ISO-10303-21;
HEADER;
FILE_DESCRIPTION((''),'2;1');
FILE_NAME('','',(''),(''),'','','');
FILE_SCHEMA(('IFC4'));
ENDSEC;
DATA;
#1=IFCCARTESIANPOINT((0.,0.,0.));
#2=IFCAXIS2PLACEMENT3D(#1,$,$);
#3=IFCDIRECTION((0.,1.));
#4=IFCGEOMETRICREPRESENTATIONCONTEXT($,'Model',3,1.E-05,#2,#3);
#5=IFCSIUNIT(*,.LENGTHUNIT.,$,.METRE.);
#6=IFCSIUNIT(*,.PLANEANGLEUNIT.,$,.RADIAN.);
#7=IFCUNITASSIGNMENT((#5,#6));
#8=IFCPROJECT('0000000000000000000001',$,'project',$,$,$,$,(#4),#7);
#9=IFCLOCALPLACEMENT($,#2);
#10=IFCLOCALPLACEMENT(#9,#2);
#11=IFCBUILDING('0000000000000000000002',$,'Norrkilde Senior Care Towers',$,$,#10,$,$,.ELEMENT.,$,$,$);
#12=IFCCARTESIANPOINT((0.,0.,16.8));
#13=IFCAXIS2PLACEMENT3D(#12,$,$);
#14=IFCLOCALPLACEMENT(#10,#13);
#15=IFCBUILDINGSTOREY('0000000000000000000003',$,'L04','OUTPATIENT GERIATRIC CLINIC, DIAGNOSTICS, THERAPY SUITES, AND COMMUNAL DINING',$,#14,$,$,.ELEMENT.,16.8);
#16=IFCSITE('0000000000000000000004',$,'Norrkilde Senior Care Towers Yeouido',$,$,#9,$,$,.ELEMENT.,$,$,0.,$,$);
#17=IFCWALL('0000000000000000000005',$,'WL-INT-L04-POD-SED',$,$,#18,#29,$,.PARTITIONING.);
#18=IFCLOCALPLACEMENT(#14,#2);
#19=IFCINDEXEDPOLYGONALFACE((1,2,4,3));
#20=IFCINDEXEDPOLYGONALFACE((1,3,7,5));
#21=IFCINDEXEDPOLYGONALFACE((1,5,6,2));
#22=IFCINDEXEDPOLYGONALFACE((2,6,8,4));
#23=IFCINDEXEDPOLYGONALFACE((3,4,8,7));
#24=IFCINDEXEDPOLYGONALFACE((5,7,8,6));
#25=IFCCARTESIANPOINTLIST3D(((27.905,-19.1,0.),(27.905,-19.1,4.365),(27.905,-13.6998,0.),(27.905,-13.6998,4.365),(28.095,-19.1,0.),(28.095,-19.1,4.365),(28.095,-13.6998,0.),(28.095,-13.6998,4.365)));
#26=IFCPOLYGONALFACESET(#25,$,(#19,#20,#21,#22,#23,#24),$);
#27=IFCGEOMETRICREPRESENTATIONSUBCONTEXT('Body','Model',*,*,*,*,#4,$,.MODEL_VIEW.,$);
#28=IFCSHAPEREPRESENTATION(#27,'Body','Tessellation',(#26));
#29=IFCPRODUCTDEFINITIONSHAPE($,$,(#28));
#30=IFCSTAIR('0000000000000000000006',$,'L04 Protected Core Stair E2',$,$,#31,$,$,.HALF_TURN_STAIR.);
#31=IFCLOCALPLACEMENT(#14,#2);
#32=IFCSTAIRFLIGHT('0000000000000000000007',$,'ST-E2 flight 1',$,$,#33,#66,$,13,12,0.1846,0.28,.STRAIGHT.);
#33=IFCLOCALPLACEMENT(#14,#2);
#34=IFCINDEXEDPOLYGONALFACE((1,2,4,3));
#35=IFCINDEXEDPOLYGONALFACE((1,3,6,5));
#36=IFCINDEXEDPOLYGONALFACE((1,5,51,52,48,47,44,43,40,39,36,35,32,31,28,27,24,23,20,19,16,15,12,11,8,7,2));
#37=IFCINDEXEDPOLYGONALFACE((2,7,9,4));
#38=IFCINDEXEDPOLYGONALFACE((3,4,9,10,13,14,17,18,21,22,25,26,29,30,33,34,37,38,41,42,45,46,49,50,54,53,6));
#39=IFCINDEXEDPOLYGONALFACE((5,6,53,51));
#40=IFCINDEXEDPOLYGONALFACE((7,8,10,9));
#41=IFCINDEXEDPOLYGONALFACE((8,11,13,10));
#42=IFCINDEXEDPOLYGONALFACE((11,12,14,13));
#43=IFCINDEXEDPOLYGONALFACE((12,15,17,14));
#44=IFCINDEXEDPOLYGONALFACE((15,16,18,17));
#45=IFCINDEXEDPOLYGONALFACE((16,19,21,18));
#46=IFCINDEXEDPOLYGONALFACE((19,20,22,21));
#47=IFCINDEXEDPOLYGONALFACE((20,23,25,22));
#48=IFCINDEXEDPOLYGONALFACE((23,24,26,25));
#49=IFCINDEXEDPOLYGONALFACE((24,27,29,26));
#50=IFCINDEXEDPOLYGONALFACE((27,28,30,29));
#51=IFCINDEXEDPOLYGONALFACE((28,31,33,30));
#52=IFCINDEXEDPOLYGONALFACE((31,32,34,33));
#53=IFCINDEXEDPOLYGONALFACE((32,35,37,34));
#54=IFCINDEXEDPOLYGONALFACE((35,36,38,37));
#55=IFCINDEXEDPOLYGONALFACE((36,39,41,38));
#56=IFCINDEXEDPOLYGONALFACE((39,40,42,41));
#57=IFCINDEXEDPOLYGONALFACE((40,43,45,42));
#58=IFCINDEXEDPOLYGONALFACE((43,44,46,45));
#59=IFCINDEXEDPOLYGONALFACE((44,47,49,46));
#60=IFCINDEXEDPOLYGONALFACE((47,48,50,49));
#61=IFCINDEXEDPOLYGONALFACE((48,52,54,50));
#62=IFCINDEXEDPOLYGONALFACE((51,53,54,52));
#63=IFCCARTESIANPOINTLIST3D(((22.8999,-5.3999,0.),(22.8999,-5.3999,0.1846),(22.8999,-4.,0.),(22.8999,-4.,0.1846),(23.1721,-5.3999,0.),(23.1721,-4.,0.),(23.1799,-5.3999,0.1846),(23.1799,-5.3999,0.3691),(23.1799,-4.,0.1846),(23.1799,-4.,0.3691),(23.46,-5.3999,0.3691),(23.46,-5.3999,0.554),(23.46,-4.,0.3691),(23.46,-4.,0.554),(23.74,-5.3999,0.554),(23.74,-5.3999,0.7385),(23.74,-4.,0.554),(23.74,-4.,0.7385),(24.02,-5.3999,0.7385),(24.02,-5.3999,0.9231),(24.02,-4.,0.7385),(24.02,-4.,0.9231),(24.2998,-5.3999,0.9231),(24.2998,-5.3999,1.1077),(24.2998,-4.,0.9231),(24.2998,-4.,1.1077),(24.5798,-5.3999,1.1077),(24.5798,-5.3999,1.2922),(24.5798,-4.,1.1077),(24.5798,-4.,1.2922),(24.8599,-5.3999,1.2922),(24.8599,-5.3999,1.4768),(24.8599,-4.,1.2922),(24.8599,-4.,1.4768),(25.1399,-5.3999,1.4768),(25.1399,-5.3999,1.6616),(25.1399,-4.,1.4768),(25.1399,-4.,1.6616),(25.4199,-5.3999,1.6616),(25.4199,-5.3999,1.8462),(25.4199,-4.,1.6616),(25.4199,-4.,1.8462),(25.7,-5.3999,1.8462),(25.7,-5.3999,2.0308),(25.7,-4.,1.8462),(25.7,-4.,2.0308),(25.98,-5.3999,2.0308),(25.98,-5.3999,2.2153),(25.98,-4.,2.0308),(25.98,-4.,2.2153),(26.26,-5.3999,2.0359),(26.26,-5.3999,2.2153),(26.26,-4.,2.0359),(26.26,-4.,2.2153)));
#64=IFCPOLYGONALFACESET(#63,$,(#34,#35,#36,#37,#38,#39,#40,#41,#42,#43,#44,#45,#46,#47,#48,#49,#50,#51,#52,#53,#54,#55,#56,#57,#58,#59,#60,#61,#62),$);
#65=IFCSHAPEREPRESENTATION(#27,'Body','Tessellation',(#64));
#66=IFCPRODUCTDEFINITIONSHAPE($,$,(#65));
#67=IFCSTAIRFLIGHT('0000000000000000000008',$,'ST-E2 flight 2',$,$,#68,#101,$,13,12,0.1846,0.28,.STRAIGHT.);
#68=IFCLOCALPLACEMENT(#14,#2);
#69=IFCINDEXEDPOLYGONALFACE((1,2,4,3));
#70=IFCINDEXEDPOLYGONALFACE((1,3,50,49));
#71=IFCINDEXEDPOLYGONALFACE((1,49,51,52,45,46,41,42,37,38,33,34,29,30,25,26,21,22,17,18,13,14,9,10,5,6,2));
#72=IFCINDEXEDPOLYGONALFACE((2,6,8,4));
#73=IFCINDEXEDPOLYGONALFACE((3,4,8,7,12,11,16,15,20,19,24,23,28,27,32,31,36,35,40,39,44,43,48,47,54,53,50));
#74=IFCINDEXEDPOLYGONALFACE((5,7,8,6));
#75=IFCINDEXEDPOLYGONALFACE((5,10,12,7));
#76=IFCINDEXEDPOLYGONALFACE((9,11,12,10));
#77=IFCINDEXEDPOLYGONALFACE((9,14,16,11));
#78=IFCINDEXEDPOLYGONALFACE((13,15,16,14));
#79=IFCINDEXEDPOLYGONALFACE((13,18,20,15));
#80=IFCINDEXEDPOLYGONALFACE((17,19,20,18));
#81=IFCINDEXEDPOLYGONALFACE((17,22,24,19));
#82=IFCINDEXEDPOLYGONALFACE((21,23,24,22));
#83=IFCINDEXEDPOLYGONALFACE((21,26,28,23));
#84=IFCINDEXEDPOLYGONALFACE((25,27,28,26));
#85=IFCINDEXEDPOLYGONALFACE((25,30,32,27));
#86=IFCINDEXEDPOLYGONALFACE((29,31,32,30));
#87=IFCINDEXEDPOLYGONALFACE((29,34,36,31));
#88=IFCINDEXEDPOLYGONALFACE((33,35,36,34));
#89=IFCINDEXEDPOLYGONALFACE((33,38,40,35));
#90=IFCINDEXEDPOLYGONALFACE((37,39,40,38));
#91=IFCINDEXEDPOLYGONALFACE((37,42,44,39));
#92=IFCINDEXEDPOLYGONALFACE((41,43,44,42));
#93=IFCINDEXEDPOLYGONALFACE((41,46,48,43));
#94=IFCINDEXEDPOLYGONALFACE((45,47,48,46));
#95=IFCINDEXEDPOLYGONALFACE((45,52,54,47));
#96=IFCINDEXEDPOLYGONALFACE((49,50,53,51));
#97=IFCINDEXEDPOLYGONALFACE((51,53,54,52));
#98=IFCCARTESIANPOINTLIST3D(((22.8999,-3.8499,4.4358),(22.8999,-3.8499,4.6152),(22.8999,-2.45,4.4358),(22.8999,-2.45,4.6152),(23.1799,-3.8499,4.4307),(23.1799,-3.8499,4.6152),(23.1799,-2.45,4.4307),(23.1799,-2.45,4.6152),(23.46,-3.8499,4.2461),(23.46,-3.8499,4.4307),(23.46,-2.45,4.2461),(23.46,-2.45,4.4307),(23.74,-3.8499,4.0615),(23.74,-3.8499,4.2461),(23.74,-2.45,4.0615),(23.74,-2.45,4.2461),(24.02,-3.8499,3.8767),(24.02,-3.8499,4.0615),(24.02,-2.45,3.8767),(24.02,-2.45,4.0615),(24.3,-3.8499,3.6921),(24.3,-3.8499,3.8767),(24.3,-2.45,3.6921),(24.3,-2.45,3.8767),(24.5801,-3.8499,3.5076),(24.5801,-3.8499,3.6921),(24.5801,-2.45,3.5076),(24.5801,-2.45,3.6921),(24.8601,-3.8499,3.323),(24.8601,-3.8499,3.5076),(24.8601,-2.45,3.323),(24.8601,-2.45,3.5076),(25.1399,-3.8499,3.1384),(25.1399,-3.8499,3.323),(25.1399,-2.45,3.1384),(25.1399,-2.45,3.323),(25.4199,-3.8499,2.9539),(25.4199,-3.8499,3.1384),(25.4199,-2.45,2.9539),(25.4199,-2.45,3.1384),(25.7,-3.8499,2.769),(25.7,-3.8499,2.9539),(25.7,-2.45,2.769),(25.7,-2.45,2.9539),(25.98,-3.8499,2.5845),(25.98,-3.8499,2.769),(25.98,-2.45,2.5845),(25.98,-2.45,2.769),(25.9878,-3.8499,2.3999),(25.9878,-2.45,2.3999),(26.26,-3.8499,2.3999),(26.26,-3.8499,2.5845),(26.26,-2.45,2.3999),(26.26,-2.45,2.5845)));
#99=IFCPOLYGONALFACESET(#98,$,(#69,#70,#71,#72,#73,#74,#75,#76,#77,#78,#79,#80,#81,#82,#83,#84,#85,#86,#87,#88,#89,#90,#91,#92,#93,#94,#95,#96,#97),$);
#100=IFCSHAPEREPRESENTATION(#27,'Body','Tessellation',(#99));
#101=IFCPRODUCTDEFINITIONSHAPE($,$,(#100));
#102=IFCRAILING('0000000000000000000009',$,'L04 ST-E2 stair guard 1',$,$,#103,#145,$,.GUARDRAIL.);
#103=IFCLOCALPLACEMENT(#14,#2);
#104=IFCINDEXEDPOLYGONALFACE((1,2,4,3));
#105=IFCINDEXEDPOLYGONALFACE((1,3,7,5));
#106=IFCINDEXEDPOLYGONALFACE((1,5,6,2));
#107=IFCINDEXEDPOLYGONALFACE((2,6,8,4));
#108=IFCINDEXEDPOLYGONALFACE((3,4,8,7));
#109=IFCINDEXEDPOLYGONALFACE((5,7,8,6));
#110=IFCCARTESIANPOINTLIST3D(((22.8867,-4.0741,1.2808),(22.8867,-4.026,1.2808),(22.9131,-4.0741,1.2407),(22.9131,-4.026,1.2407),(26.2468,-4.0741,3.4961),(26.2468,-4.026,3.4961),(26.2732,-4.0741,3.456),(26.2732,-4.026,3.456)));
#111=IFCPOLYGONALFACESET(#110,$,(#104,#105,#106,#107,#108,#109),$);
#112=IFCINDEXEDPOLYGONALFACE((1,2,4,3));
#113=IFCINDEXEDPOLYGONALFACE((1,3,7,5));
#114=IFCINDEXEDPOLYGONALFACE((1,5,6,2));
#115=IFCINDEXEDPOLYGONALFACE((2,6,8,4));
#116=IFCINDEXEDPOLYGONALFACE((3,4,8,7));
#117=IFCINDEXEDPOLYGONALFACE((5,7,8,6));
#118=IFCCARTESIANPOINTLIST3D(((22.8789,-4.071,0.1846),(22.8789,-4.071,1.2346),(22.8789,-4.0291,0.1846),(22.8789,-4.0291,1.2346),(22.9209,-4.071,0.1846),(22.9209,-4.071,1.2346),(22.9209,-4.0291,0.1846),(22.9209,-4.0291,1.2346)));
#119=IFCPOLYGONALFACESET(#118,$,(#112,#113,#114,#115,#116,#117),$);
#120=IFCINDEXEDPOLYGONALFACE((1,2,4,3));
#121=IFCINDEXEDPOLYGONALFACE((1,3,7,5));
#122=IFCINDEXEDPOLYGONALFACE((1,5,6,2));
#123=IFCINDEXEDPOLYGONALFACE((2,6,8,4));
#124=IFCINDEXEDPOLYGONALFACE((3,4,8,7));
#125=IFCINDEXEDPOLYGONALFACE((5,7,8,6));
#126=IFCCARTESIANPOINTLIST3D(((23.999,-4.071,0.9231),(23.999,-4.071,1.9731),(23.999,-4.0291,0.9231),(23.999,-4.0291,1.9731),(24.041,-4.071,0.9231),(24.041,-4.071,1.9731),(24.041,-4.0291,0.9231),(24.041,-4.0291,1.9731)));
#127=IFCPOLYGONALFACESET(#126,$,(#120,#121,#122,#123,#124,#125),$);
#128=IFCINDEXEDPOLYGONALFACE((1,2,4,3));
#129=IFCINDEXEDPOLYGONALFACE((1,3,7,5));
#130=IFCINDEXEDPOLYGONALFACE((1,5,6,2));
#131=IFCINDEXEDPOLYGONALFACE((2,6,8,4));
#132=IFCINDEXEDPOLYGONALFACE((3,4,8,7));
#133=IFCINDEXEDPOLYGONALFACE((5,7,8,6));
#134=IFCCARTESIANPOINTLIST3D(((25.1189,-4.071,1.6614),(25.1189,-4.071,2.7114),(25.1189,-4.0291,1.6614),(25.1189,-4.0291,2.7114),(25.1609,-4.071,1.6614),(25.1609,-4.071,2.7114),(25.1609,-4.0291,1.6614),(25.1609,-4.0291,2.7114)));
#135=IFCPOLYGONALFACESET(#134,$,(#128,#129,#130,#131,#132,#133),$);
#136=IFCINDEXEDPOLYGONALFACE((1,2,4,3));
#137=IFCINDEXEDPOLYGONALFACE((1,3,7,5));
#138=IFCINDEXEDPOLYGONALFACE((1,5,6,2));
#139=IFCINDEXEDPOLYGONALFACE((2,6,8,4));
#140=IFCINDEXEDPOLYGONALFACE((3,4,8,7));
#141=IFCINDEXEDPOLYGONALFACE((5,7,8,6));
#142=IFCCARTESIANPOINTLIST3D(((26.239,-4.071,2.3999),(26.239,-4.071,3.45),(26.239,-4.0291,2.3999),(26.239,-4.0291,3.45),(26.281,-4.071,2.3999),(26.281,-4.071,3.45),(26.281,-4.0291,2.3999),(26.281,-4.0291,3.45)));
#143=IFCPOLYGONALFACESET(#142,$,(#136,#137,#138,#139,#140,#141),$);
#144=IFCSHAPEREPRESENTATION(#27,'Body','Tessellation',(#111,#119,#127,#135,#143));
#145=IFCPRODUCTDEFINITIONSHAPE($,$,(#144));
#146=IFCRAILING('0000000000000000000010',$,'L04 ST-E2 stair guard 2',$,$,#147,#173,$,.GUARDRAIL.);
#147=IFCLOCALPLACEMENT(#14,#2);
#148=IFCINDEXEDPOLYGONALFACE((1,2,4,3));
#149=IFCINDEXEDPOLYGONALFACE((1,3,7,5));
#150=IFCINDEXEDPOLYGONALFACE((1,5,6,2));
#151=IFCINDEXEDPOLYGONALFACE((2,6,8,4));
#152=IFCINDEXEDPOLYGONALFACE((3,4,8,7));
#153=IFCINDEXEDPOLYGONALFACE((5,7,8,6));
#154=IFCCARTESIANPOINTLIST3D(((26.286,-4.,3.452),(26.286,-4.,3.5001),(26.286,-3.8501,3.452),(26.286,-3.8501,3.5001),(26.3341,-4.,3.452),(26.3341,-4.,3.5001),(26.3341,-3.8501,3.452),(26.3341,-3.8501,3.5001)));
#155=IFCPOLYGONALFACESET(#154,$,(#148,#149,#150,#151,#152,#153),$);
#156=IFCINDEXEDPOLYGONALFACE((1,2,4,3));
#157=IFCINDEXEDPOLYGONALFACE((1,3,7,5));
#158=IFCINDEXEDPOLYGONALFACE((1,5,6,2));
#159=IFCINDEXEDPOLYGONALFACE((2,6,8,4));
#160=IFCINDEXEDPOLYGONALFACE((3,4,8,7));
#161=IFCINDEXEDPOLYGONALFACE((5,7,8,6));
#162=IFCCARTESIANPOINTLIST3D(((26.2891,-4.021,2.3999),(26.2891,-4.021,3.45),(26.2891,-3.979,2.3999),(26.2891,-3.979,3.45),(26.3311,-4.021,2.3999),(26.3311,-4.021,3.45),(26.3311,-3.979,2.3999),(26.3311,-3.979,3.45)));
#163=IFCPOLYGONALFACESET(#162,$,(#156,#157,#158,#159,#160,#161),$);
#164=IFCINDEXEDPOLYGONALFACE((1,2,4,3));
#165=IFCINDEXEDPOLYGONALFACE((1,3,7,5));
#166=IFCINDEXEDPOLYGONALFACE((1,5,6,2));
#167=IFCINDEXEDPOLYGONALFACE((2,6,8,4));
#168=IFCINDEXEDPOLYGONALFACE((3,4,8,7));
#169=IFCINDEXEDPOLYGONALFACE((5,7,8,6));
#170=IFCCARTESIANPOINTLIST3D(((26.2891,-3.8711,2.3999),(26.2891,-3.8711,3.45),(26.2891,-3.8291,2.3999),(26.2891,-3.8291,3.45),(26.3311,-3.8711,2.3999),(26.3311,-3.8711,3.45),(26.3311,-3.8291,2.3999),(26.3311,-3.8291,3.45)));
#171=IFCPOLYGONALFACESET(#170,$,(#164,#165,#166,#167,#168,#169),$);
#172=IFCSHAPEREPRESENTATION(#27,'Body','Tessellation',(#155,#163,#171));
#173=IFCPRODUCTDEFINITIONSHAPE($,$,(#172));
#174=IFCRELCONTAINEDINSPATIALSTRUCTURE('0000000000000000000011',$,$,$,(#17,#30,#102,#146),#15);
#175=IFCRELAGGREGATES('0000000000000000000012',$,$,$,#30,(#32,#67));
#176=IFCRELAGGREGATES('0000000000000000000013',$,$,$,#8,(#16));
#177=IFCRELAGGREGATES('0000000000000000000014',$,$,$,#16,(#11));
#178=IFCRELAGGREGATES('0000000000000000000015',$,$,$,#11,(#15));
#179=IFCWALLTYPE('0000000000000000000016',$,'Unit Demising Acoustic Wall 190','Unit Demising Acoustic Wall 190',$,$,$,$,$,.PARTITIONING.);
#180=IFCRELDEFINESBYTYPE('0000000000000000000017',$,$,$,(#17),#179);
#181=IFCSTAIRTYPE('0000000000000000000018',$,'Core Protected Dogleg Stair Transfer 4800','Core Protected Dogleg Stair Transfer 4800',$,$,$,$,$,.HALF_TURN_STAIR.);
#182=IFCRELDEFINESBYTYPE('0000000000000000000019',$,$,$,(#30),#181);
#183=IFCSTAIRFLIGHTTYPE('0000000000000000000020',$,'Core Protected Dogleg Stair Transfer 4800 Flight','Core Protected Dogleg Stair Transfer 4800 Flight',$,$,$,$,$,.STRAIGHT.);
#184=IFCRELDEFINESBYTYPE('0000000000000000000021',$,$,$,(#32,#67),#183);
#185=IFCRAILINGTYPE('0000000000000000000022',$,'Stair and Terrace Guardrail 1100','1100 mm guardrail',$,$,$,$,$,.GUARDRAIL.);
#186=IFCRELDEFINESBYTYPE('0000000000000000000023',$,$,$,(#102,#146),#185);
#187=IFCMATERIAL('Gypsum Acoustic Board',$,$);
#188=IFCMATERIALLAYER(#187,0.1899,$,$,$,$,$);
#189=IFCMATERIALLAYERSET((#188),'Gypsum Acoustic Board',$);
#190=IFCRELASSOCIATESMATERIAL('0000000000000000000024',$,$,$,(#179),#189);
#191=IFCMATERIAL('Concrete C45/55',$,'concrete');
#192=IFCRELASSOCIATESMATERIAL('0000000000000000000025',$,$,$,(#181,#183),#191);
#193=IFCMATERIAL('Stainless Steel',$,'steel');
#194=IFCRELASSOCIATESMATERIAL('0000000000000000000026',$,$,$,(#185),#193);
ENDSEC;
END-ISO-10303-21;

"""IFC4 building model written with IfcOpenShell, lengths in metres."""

from ifc_helpers import new_model, si_unit, direction, frame, frame_2d, origin, origin_2d, place, context, subcontext, project, spatial, polyline, rectangle, outline, extrude, source, transform, mapped, material, layer, layer_set, type_object, type_shapes, element, aggregate, save


model = new_model("IFC4")

# Units and contexts
model_context = context("Model", 3, precision=1e-05, world=origin(), true_north=direction((0.0, 1.0)))
body_context = subcontext(model_context, "Body", "Model", "MODEL_VIEW")
ifc_project = project(units=[si_unit("LENGTHUNIT", "METRE"), si_unit("PLANEANGLEUNIT", "RADIAN")], contexts=[model_context])

# Site, building, storey
site_placement = place(None, origin())
site = spatial("IfcSite", under=ifc_project, at=site_placement, Name="Norrkilde Senior Care Towers Yeouido", CompositionType="ELEMENT", RefElevation=0.0)
building_placement = place(site_placement, origin())
building = spatial("IfcBuilding", under=site, at=building_placement, Name="Norrkilde Senior Care Towers", CompositionType="ELEMENT")
storey_placement = place(building_placement, frame((0.0, 0.0, 16.8)))
storey = spatial("IfcBuildingStorey", under=building, at=storey_placement, Name="L04", Description="OUTPATIENT GERIATRIC CLINIC, DIAGNOSTICS, THERAPY SUITES, AND COMMUNAL DINING", CompositionType="ELEMENT", Elevation=16.8)

# Shared definitions
ifc_material_1 = material(Name="Concrete C45/55", Category="concrete")

# Wall
ifc_material_2 = material(Name="Gypsum Acoustic Board")
ifc_layer_1 = layer(ifc_material_2, 0.1899)
ifc_layer_set_1 = layer_set([ifc_layer_1], Name="Gypsum Acoustic Board")
wall_type_1 = type_object("IfcWallType", Name="Unit Demising Acoustic Wall 190", Description="Unit Demising Acoustic Wall 190", PredefinedType="PARTITIONING", material=ifc_layer_set_1)
shared_shape_1 = source(origin(), body_context, "Body", "SweptSolid", [
    extrude(rectangle(XDim=5.4001, YDim=0.1899, at=frame_2d((2.7002, 0.0))), origin(), (0.0, 0.0, 1.0), 4.365),
])
type_shapes(wall_type_1, [shared_shape_1])
wall_1_placement = place(storey_placement, frame((28.0, -19.1001, 0.0), z_axis=(0.0, 0.0, 1.0), x_axis=(0.0, 1.0, 0.0)))
element("IfcWall", 1, at=wall_1_placement, inside=storey, type_object=wall_type_1, Name="WL-INT-L04-POD-SED", PredefinedType="PARTITIONING", context=body_context, shape_type="MappedRepresentation", body=[
    mapped(shared_shape_1, transform((0.0, 0.0, 0.0), x_axis=(1.0, 0.0, 0.0), y_axis=(0.0, 1.0, 0.0), z_axis=(0.0, 0.0, 1.0), scale=1.0)),
])

# Stair, stair flights
stair_type = type_object("IfcStairType", Name="Core Protected Dogleg Stair Transfer 4800", Description="Core Protected Dogleg Stair Transfer 4800", PredefinedType="HALF_TURN_STAIR", material=ifc_material_1)
stair_placement = place(storey_placement, origin())
stair = element("IfcStair", 2, at=stair_placement, inside=storey, type_object=stair_type, Name="L04 Protected Core Stair E2", PredefinedType="HALF_TURN_STAIR")
stair_flight_type = type_object("IfcStairFlightType", Name="Core Protected Dogleg Stair Transfer 4800 Flight", Description="Core Protected Dogleg Stair Transfer 4800 Flight", PredefinedType="STRAIGHT", material=ifc_material_1)
stair_flight_1_placement = place(storey_placement, frame((22.8999, -4.7, 0.0), z_axis=(0.0, 0.0, 1.0), x_axis=(1.0, 0.0, 0.0)))
stair_flight_1 = element("IfcStairFlight", 3, at=stair_flight_1_placement, type_object=stair_flight_type, Name="ST-E2 flight 1", NumberOfRisers=13, NumberOfTreads=12, PredefinedType="STRAIGHT", RiserHeight=0.1846, TreadLength=0.28, context=body_context, shape_type="SweptSolid", body=[
    extrude(outline(polyline([(0.0, 0.0), (0.0, 0.1846), (0.28, 0.1846), (0.28, 0.3691), (0.5601, 0.3691), (0.5601, 0.554), (0.8401, 0.554), (0.8401, 0.7385), (1.1201, 0.7385), (1.1201, 0.9231), (1.3999, 0.9231), (1.3999, 1.1077), (1.6799, 1.1077), (1.6799, 1.2922), (1.96, 1.2922), (1.96, 1.4768), (2.24, 1.4768), (2.24, 1.6616), (2.52, 1.6616), (2.52, 1.8462), (2.8, 1.8462), (2.8, 2.0308), (3.0801, 2.0308), (3.0801, 2.2153), (3.3601, 2.2153), (3.3601, 2.3999), (3.3601, 2.0359), (0.2722, 0.0), (0.0, 0.0)])), frame((0.0, 0.7, 0.0), z_axis=(0.0, -1.0, 0.0), x_axis=(1.0, 0.0, 0.0)), (0.0, 0.0, 1.0), 1.3999),
])
stair_flight_2_placement = place(storey_placement, frame((26.26, -3.1499, 2.3999), z_axis=(0.0, 0.0, 1.0), x_axis=(-1.0, 0.0, 0.0)))
stair_flight_2 = element("IfcStairFlight", 4, at=stair_flight_2_placement, type_object=stair_flight_type, Name="ST-E2 flight 2", NumberOfRisers=13, NumberOfTreads=12, PredefinedType="STRAIGHT", RiserHeight=0.1846, TreadLength=0.28, context=body_context, shape_type="SweptSolid", body=[
    extrude(outline(polyline([(0.0, 0.0), (0.0, 0.1846), (0.28, 0.1846), (0.28, 0.3691), (0.5601, 0.3691), (0.5601, 0.554), (0.8401, 0.554), (0.8401, 0.7385), (1.1201, 0.7385), (1.1201, 0.9231), (1.3999, 0.9231), (1.3999, 1.1077), (1.6799, 1.1077), (1.6799, 1.2922), (1.96, 1.2922), (1.96, 1.4768), (2.24, 1.4768), (2.24, 1.6616), (2.52, 1.6616), (2.52, 1.8462), (2.8, 1.8462), (2.8, 2.0308), (3.0801, 2.0308), (3.0801, 2.2153), (3.3601, 2.2153), (3.3601, 2.3999), (3.3601, 2.0359), (0.2722, 0.0), (0.0, 0.0)])), frame((0.0, 0.7, 0.0), z_axis=(0.0, -1.0, 0.0), x_axis=(1.0, 0.0, 0.0)), (0.0, 0.0, 1.0), 1.3999),
])
aggregate(stair, [stair_flight_1, stair_flight_2])

# Railings
ifc_material_3 = material(Name="Stainless Steel", Category="steel")
railing_type_1 = type_object("IfcRailingType", Name="Stair and Terrace Guardrail 1100", Description="1100 mm guardrail", PredefinedType="GUARDRAIL", material=ifc_material_3)
railing_1_placement = place(storey_placement, frame((22.8999, -4.05, 0.1846)))
element("IfcRailing", 5, at=railing_1_placement, inside=storey, type_object=railing_type_1, Name="L04 ST-E2 stair guard 1", PredefinedType="GUARDRAIL", context=body_context, shape_type="SweptSolid", body=[
    extrude(rectangle(XDim=0.0481, YDim=0.0481, at=origin_2d()), frame((0.0, 0.0, 1.0762), z_axis=(0.834876, 0.0, 0.550437), x_axis=(0.0, 1.0, 0.0)), (0.0, 0.0, 1.0), 4.0247),
    extrude(rectangle(XDim=0.042, YDim=0.042, at=origin_2d()), origin(), (0.0, 0.0, 1.0), 1.05),
    extrude(rectangle(XDim=0.042, YDim=0.042, at=origin_2d()), frame((1.1201, 0.0, 0.7385)), (0.0, 0.0, 1.0), 1.05),
    extrude(rectangle(XDim=0.042, YDim=0.042, at=origin_2d()), frame((2.24, 0.0, 1.4768)), (0.0, 0.0, 1.0), 1.05),
    extrude(rectangle(XDim=0.042, YDim=0.042, at=origin_2d()), frame((3.3601, 0.0, 2.2153)), (0.0, 0.0, 1.0), 1.05),
])
railing_2_placement = place(storey_placement, frame((26.3101, -4.0, 2.3999)))
element("IfcRailing", 6, at=railing_2_placement, inside=storey, type_object=railing_type_1, Name="L04 ST-E2 stair guard 2", PredefinedType="GUARDRAIL", context=body_context, shape_type="SweptSolid", body=[
    extrude(rectangle(XDim=0.0481, YDim=0.0481, at=origin_2d()), frame((0.0, 0.0, 1.0762), z_axis=(0.0, 1.0, 0.0), x_axis=(-1.0, 0.0, 0.0)), (0.0, 0.0, 1.0), 0.1499),
    extrude(rectangle(XDim=0.042, YDim=0.042, at=origin_2d()), origin(), (0.0, 0.0, 1.0), 1.05),
    extrude(rectangle(XDim=0.042, YDim=0.042, at=origin_2d()), frame((0.0, 0.1499, 0.0)), (0.0, 0.0, 1.0), 1.05),
])

save(model, "model.ifc")
